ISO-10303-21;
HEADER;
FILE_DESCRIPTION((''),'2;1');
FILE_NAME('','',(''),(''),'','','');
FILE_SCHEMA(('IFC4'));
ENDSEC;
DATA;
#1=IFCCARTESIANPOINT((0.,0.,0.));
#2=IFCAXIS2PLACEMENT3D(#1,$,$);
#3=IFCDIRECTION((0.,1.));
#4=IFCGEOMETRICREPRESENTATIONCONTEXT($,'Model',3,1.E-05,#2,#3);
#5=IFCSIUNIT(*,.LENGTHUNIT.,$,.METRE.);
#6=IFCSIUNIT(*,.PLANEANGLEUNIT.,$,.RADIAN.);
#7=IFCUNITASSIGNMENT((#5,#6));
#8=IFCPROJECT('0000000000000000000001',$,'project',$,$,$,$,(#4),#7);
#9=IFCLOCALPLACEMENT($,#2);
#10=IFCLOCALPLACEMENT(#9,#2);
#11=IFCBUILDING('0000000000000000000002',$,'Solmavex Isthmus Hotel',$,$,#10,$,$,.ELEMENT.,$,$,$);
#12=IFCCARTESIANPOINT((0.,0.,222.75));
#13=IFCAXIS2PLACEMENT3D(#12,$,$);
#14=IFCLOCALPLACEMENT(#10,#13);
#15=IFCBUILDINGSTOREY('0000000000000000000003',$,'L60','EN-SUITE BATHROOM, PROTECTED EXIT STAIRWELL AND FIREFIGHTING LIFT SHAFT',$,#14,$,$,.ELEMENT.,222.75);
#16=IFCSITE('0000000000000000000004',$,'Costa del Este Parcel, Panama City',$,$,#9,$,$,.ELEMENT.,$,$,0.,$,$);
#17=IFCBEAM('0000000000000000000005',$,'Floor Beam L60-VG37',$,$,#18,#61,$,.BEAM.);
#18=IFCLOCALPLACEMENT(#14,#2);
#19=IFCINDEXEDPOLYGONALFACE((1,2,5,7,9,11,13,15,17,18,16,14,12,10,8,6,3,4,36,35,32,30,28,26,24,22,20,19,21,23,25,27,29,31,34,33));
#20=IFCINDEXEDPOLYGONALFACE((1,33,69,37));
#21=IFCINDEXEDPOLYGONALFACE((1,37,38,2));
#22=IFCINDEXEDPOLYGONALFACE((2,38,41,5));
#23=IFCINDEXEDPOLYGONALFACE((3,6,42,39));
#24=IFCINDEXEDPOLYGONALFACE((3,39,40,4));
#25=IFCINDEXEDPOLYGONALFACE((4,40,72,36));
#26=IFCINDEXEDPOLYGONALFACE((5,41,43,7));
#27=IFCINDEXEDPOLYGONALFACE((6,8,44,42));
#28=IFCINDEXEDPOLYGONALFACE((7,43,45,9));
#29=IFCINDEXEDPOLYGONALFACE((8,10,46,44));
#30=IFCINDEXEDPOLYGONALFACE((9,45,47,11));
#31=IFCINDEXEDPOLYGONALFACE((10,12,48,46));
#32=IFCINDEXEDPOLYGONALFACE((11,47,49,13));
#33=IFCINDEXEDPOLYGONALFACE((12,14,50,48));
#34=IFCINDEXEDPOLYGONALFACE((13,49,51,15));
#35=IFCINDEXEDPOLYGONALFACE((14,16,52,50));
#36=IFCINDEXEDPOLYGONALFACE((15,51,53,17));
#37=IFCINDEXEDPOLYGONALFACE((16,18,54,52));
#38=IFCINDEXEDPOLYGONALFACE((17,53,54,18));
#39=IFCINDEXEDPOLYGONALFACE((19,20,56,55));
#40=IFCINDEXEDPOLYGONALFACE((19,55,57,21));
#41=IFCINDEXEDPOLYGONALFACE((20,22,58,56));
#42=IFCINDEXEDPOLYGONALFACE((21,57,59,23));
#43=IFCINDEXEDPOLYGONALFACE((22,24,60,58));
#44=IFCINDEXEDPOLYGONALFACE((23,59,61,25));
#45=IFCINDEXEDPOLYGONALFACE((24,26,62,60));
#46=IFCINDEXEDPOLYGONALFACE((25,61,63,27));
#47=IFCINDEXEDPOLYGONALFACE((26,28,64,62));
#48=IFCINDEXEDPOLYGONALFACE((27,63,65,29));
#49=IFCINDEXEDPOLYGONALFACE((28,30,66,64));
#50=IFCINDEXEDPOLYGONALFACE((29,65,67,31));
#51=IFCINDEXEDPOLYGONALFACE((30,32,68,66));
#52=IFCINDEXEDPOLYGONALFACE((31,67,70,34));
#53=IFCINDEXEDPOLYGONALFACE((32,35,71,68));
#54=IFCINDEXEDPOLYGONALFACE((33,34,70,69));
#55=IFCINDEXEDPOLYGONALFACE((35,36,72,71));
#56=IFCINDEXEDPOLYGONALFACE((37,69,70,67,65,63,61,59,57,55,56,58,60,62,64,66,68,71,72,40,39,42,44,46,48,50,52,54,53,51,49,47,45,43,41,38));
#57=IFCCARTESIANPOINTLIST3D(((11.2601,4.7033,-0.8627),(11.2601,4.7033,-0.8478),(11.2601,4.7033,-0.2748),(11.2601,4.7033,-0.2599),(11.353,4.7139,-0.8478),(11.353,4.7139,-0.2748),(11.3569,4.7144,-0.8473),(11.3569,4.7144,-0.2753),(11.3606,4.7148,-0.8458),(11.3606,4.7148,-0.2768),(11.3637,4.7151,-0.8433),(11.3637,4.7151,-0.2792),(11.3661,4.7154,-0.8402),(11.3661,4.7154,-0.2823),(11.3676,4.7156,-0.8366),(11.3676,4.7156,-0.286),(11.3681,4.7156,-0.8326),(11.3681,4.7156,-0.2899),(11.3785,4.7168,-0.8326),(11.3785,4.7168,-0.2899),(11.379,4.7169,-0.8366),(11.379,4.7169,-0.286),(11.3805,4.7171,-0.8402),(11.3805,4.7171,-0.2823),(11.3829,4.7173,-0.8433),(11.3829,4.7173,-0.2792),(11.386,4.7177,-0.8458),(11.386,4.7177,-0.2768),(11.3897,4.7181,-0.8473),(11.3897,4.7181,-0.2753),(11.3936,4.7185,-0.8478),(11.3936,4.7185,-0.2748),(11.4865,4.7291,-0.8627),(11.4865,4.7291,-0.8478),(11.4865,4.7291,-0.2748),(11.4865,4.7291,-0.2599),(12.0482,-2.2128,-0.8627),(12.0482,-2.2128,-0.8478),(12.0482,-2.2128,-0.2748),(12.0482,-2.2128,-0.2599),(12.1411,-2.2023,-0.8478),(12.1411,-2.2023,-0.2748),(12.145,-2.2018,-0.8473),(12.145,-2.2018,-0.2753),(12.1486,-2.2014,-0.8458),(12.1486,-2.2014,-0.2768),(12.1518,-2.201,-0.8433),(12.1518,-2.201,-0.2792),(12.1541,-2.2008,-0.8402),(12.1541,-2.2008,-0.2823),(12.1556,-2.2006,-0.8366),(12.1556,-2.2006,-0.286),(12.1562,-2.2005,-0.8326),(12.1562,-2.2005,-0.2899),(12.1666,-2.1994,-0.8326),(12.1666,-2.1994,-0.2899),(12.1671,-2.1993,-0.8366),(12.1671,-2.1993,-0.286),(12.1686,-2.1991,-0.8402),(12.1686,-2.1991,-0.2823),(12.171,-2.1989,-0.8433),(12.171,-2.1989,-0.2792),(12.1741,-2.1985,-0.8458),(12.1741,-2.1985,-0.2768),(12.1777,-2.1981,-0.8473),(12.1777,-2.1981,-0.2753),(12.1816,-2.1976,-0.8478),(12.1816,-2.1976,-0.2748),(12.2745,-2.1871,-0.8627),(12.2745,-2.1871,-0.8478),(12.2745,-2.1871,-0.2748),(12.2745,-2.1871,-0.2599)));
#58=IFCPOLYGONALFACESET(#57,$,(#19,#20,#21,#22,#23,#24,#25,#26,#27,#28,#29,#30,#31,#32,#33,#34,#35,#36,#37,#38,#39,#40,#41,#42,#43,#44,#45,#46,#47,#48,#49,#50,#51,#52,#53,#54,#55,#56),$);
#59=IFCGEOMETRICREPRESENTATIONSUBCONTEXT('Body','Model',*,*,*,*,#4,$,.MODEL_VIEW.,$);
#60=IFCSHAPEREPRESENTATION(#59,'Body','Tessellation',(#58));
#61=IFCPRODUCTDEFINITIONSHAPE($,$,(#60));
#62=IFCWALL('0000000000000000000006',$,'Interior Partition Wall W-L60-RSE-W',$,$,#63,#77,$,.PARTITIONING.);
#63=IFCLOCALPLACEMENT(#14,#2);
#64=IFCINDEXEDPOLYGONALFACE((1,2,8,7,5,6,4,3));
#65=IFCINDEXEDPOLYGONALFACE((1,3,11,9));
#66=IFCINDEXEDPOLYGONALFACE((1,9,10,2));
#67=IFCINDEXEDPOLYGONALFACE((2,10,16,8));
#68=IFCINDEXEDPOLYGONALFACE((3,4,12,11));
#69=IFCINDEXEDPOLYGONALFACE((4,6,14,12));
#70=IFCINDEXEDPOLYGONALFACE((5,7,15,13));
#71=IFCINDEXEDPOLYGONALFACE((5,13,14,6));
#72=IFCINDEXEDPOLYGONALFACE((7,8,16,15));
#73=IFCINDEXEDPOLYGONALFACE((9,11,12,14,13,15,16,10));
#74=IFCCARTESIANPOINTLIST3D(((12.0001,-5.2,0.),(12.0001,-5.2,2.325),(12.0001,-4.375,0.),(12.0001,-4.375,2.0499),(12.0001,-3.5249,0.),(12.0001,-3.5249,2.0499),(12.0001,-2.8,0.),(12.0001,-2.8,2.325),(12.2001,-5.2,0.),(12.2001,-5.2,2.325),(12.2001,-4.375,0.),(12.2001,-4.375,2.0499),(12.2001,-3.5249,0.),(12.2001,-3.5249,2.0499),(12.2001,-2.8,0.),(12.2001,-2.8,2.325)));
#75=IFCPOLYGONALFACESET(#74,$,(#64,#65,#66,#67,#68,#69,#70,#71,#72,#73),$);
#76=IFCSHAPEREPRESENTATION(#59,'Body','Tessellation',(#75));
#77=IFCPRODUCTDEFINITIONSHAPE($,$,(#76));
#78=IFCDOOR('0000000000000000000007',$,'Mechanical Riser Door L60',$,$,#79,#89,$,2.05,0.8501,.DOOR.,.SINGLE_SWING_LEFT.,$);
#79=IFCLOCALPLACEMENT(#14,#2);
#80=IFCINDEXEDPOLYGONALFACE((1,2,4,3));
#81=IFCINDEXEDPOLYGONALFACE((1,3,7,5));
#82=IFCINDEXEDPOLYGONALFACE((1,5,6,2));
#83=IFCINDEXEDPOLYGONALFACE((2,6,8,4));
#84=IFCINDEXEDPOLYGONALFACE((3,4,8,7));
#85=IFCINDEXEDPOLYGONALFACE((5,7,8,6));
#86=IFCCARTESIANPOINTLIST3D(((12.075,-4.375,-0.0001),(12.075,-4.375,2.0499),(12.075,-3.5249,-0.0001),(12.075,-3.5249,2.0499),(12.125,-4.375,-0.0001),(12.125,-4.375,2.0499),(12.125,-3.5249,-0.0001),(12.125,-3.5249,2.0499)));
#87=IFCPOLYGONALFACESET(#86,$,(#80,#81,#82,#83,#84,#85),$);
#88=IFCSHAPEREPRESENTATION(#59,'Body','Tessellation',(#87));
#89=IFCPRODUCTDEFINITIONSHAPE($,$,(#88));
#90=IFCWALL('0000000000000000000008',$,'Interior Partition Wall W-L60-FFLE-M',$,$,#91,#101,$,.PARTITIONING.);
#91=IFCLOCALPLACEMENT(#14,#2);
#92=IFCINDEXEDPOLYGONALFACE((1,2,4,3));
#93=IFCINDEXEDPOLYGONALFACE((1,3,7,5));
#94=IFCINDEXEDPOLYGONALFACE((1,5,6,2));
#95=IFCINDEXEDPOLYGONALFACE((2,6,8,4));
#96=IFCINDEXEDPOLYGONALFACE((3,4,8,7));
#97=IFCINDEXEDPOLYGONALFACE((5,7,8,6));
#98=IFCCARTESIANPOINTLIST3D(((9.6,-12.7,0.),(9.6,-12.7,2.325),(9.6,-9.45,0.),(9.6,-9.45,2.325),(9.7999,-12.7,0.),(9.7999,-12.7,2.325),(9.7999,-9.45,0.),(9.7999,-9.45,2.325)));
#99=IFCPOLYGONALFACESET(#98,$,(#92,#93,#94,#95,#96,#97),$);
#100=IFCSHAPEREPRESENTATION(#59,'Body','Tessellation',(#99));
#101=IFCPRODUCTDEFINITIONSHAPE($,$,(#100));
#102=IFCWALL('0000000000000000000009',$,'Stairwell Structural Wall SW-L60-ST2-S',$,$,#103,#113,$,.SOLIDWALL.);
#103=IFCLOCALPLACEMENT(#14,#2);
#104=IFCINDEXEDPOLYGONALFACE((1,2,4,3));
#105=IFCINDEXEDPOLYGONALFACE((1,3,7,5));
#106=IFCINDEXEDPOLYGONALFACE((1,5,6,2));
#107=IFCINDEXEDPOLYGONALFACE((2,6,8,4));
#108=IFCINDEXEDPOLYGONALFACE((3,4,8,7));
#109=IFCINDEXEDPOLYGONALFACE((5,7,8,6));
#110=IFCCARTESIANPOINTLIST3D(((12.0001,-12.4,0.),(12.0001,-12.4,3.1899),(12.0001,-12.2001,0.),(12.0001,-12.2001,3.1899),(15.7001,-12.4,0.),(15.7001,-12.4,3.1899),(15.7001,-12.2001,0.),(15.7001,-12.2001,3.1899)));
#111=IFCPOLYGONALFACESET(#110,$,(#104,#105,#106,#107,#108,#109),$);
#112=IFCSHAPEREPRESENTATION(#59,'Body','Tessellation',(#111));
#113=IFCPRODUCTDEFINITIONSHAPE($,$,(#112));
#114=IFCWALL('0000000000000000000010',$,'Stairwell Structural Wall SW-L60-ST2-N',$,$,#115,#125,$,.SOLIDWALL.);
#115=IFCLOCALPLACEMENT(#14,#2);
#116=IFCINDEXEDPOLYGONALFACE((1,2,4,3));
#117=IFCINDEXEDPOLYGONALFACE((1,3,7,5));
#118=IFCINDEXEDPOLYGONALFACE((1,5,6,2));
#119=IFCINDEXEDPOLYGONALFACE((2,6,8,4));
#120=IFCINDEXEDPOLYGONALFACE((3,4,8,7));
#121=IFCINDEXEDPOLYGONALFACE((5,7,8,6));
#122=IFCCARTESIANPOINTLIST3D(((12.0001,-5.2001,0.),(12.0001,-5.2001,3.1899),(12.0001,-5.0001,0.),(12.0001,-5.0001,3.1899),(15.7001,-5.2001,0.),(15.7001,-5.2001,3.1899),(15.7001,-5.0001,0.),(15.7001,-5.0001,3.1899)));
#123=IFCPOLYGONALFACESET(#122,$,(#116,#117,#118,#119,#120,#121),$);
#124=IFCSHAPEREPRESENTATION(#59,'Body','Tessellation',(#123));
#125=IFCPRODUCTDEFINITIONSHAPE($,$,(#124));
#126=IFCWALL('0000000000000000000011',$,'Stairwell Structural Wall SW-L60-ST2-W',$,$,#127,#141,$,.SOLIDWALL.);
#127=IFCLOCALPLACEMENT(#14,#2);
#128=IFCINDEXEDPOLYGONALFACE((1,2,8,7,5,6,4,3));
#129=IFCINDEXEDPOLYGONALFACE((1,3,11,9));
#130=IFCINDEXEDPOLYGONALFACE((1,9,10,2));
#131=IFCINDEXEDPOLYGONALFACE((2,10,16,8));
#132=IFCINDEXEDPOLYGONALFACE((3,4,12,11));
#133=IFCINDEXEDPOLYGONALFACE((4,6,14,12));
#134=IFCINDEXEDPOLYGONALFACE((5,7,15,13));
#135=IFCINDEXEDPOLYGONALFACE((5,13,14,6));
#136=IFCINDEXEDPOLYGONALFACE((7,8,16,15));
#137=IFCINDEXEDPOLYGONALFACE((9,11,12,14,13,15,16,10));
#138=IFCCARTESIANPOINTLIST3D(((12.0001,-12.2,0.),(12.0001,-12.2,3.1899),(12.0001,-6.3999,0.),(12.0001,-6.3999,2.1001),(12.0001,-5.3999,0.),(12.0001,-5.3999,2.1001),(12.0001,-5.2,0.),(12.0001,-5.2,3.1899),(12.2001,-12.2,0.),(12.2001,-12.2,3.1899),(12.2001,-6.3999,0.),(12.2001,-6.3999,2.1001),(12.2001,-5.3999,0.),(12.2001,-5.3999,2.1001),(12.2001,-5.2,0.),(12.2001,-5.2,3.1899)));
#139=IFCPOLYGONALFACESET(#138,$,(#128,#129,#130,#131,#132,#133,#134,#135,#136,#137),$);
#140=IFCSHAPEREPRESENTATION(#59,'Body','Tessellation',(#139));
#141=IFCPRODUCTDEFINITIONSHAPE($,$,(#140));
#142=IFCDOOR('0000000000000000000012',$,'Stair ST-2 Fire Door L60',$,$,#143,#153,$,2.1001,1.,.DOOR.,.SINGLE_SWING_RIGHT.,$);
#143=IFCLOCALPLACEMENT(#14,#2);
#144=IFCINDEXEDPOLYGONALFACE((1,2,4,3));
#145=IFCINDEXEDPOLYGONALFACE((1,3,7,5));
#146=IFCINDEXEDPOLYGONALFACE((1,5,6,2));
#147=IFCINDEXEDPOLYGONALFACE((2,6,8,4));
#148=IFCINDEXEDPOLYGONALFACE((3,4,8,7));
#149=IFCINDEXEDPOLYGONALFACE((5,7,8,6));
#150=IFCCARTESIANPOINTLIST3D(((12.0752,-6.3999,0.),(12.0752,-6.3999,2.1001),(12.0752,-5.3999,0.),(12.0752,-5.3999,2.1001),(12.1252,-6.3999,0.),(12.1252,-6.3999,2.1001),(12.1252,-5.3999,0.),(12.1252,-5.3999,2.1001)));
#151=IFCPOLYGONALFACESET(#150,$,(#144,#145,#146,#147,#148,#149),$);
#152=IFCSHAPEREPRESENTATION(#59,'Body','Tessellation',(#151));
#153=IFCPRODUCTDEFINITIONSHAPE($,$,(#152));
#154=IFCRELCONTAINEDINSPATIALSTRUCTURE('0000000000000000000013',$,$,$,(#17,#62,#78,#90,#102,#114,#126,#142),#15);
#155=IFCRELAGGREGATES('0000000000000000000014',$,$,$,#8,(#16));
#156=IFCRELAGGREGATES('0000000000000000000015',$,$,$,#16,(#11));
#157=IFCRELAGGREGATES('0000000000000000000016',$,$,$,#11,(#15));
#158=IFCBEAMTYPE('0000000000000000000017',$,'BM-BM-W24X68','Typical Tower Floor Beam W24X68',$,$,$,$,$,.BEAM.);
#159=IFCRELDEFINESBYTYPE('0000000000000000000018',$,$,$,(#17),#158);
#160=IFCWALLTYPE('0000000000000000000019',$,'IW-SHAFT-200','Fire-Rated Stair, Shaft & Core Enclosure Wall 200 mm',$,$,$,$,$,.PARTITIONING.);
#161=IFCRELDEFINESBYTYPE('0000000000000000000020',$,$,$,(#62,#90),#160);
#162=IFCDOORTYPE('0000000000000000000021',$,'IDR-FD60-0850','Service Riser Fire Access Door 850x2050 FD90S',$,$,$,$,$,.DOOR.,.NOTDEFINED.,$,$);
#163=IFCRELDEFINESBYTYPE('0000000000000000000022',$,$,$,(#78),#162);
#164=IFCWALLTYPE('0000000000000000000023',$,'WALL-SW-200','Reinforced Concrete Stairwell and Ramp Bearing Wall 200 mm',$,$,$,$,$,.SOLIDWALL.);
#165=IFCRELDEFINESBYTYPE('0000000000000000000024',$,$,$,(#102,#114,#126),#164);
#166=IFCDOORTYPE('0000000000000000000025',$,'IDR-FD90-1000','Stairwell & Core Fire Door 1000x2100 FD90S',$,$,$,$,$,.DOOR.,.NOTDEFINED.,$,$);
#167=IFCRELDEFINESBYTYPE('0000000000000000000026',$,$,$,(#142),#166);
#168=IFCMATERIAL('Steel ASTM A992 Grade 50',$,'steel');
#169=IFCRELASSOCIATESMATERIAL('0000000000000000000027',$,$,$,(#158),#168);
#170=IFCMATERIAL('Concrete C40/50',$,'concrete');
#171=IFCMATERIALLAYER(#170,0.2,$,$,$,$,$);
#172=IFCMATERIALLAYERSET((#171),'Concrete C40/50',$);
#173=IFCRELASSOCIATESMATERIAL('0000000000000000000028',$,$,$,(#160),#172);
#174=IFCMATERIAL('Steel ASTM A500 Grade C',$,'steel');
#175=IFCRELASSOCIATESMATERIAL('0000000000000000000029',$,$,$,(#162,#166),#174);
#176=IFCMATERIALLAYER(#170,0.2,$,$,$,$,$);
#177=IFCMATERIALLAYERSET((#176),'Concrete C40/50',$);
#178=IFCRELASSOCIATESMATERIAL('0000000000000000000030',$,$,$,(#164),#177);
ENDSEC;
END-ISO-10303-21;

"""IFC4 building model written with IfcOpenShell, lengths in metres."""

from ifc_helpers import new_model, si_unit, direction, frame, frame_2d, origin, origin_2d, place, context, subcontext, project, spatial, rectangle, i_section, extrude, material, layer, layer_set, material_profile, profile_set, type_object, element, fill, save


model = new_model("IFC4")

# Units and contexts
model_context = context("Model", 3, precision=1e-05, world=origin(), true_north=direction((0.0, 1.0)))
body_context = subcontext(model_context, "Body", "Model", "MODEL_VIEW")
ifc_project = project(units=[si_unit("LENGTHUNIT", "METRE"), si_unit("PLANEANGLEUNIT", "RADIAN")], contexts=[model_context])

# Site, building, storey
site_placement = place(None, origin())
site = spatial("IfcSite", under=ifc_project, at=site_placement, Name="Costa del Este Parcel, Panama City", CompositionType="ELEMENT", RefElevation=0.0)
building_placement = place(site_placement, origin())
building = spatial("IfcBuilding", under=site, at=building_placement, Name="Solmavex Isthmus Hotel", CompositionType="ELEMENT")
storey_placement = place(building_placement, frame((0.0, 0.0, 222.75)))
storey = spatial("IfcBuildingStorey", under=building, at=storey_placement, Name="L60", Description="EN-SUITE BATHROOM, PROTECTED EXIT STAIRWELL AND FIREFIGHTING LIFT SHAFT", CompositionType="ELEMENT", Elevation=222.75)

# Beam
ifc_material_1 = material(Name="Steel ASTM A992 Grade 50", Category="steel")
ifc_material_profile = material_profile(ifc_material_1, i_section(OverallWidth=0.2278, OverallDepth=0.6028, WebThickness=0.0105, FlangeThickness=0.0149, FilletRadius=0.0151, at=origin_2d()), Name="W24X68")
ifc_profile_set = profile_set([ifc_material_profile], Name="Steel ASTM A992 Grade 50")
beam_type = type_object("IfcBeamType", Name="BM-BM-W24X68", Description="Typical Tower Floor Beam W24X68", PredefinedType="BEAM", material=ifc_profile_set)
beam_placement = place(storey_placement, frame((12.1614, -2.2, -0.5613), z_axis=(-0.113214, 0.993571, 0.0), x_axis=(-0.993571, -0.113214, 0.0)))
element("IfcBeam", 1, at=beam_placement, inside=storey, type_object=beam_type, Name="Floor Beam L60-VG37", PredefinedType="BEAM", context=body_context, shape_type="SweptSolid", body=[
    extrude(i_section(OverallWidth=0.2278, OverallDepth=0.6028, WebThickness=0.0105, FlangeThickness=0.0149, FilletRadius=0.0151, at=origin_2d()), origin(), (0.0, 0.0, 1.0), 6.9609),
])

# Wall, opening, door
ifc_material_2 = material(Name="Concrete C40/50", Category="concrete")
ifc_layer_1 = layer(ifc_material_2, 0.2)
ifc_layer_set_1 = layer_set([ifc_layer_1], Name="Concrete C40/50")
wall_type_1 = type_object("IfcWallType", Name="IW-SHAFT-200", Description="Fire-Rated Stair, Shaft & Core Enclosure Wall 200 mm", PredefinedType="PARTITIONING", material=ifc_layer_set_1)
wall_1_placement = place(storey_placement, frame((12.1001, -5.2, 0.0), z_axis=(0.0, 0.0, 1.0), x_axis=(0.0, 1.0, 0.0)))
wall_1 = element("IfcWall", 2, at=wall_1_placement, inside=storey, type_object=wall_type_1, Name="Interior Partition Wall W-L60-RSE-W", PredefinedType="PARTITIONING", context=body_context, shape_type="SweptSolid", body=[
    extrude(rectangle(XDim=2.3999, YDim=0.2, at=frame_2d((1.2, 0.0))), origin(), (0.0, 0.0, 1.0), 2.325),
])
opening_1_placement = place(wall_1_placement, frame((0.825, 0.0, 0.0)))
opening_1 = element("IfcOpeningElement", 3, at=opening_1_placement, cuts=wall_1, PredefinedType="OPENING", context=body_context, shape_type="SweptSolid", body=[
    extrude(rectangle(XDim=0.8501, YDim=2.05, at=frame_2d((0.425, 1.0249))), frame((0.0, 0.1099, 0.0), z_axis=(0.0, -1.0, 0.0), x_axis=(1.0, 0.0, 0.0)), (0.0, 0.0, 1.0), 0.22),
])
ifc_material_3 = material(Name="Steel ASTM A500 Grade C", Category="steel")
door_type_1 = type_object("IfcDoorType", Name="IDR-FD60-0850", Description="Service Riser Fire Access Door 850x2050 FD90S", OperationType="NOTDEFINED", PredefinedType="DOOR", material=ifc_material_3)
door_1_placement = place(opening_1_placement, frame((0.8501, 0.0, 0.0), z_axis=(0.0, 0.0, 1.0), x_axis=(-1.0, 0.0, 0.0)))
door_1 = element("IfcDoor", 4, at=door_1_placement, inside=storey, type_object=door_type_1, Name="Mechanical Riser Door L60", OperationType="SINGLE_SWING_LEFT", OverallHeight=2.05, OverallWidth=0.8501, PredefinedType="DOOR", context=body_context, shape_type="SweptSolid", body=[
    extrude(rectangle(XDim=0.8501, YDim=2.05, at=frame_2d((0.425, 1.0249))), frame((0.0, 0.0249, 0.0), z_axis=(0.0, -1.0, 0.0), x_axis=(1.0, 0.0, 0.0)), (0.0, 0.0, 1.0), 0.05),
])
fill(opening_1, door_1)

# Walls
wall_2_placement = place(storey_placement, frame((9.7, -12.7, 0.0), z_axis=(0.0, 0.0, 1.0), x_axis=(0.0, 1.0, 0.0)))
element("IfcWall", 5, at=wall_2_placement, inside=storey, type_object=wall_type_1, Name="Interior Partition Wall W-L60-FFLE-M", PredefinedType="PARTITIONING", context=body_context, shape_type="SweptSolid", body=[
    extrude(rectangle(XDim=3.25, YDim=0.2, at=frame_2d((1.625, 0.0))), origin(), (0.0, 0.0, 1.0), 2.325),
])
ifc_layer_2 = layer(ifc_material_2, 0.2)
ifc_layer_set_2 = layer_set([ifc_layer_2], Name="Concrete C40/50")
wall_type_2 = type_object("IfcWallType", Name="WALL-SW-200", Description="Reinforced Concrete Stairwell and Ramp Bearing Wall 200 mm", PredefinedType="SOLIDWALL", material=ifc_layer_set_2)
for number, where, z_axis, x_axis, name in (
    (6, (12.0, -12.3, 0.0), (0.0, 0.0, 1.0), (1.0, 0.0, 0.0), "Stairwell Structural Wall SW-L60-ST2-S"),
    (7, (12.0, -5.1001, 0.0), (0.0, 0.0, 1.0), (1.0, 0.0, 0.0), "Stairwell Structural Wall SW-L60-ST2-N"),
):
    element("IfcWall", number, at=place(storey_placement, frame(where, z_axis=z_axis, x_axis=x_axis)), inside=storey, type_object=wall_type_2, Name=name, PredefinedType="SOLIDWALL", context=body_context, shape_type="SweptSolid", body=[
        extrude(rectangle(XDim=3.7, YDim=0.2, at=frame_2d((1.8501, 0.0))), origin(), (0.0, 0.0, 1.0), 3.1899),
    ])

# Wall, opening, door
wall_3_placement = place(storey_placement, frame((12.1001, -12.2, 0.0), z_axis=(0.0, 0.0, 1.0), x_axis=(0.0, 1.0, 0.0)))
wall_3 = element("IfcWall", 8, at=wall_3_placement, inside=storey, type_object=wall_type_2, Name="Stairwell Structural Wall SW-L60-ST2-W", PredefinedType="SOLIDWALL", context=body_context, shape_type="SweptSolid", body=[
    extrude(rectangle(XDim=7.0, YDim=0.2, at=frame_2d((3.5, 0.0))), origin(), (0.0, 0.0, 1.0), 3.1899),
])
opening_2_placement = place(wall_3_placement, frame((5.8, 0.0, 0.0)))
opening_2 = element("IfcOpeningElement", 9, at=opening_2_placement, cuts=wall_3, PredefinedType="OPENING", context=body_context, shape_type="SweptSolid", body=[
    extrude(rectangle(XDim=1.0, YDim=2.1001, at=frame_2d((0.5, 1.05))), frame((0.0, 0.1099, 0.0), z_axis=(0.0, -1.0, 0.0), x_axis=(1.0, 0.0, 0.0)), (0.0, 0.0, 1.0), 0.22),
])
door_type_2 = type_object("IfcDoorType", Name="IDR-FD90-1000", Description="Stairwell & Core Fire Door 1000x2100 FD90S", OperationType="NOTDEFINED", PredefinedType="DOOR", material=ifc_material_3)
door_2_placement = place(opening_2_placement, origin())
door_2 = element("IfcDoor", 10, at=door_2_placement, inside=storey, type_object=door_type_2, Name="Stair ST-2 Fire Door L60", OperationType="SINGLE_SWING_RIGHT", OverallHeight=2.1001, OverallWidth=1.0, PredefinedType="DOOR", context=body_context, shape_type="SweptSolid", body=[
    extrude(rectangle(XDim=1.0, YDim=2.1001, at=frame_2d((0.5, 1.05))), frame((0.0, 0.0249, 0.0), z_axis=(0.0, -1.0, 0.0), x_axis=(1.0, 0.0, 0.0)), (0.0, 0.0, 1.0), 0.05),
])
fill(opening_2, door_2)

save(model, "model.ifc")
